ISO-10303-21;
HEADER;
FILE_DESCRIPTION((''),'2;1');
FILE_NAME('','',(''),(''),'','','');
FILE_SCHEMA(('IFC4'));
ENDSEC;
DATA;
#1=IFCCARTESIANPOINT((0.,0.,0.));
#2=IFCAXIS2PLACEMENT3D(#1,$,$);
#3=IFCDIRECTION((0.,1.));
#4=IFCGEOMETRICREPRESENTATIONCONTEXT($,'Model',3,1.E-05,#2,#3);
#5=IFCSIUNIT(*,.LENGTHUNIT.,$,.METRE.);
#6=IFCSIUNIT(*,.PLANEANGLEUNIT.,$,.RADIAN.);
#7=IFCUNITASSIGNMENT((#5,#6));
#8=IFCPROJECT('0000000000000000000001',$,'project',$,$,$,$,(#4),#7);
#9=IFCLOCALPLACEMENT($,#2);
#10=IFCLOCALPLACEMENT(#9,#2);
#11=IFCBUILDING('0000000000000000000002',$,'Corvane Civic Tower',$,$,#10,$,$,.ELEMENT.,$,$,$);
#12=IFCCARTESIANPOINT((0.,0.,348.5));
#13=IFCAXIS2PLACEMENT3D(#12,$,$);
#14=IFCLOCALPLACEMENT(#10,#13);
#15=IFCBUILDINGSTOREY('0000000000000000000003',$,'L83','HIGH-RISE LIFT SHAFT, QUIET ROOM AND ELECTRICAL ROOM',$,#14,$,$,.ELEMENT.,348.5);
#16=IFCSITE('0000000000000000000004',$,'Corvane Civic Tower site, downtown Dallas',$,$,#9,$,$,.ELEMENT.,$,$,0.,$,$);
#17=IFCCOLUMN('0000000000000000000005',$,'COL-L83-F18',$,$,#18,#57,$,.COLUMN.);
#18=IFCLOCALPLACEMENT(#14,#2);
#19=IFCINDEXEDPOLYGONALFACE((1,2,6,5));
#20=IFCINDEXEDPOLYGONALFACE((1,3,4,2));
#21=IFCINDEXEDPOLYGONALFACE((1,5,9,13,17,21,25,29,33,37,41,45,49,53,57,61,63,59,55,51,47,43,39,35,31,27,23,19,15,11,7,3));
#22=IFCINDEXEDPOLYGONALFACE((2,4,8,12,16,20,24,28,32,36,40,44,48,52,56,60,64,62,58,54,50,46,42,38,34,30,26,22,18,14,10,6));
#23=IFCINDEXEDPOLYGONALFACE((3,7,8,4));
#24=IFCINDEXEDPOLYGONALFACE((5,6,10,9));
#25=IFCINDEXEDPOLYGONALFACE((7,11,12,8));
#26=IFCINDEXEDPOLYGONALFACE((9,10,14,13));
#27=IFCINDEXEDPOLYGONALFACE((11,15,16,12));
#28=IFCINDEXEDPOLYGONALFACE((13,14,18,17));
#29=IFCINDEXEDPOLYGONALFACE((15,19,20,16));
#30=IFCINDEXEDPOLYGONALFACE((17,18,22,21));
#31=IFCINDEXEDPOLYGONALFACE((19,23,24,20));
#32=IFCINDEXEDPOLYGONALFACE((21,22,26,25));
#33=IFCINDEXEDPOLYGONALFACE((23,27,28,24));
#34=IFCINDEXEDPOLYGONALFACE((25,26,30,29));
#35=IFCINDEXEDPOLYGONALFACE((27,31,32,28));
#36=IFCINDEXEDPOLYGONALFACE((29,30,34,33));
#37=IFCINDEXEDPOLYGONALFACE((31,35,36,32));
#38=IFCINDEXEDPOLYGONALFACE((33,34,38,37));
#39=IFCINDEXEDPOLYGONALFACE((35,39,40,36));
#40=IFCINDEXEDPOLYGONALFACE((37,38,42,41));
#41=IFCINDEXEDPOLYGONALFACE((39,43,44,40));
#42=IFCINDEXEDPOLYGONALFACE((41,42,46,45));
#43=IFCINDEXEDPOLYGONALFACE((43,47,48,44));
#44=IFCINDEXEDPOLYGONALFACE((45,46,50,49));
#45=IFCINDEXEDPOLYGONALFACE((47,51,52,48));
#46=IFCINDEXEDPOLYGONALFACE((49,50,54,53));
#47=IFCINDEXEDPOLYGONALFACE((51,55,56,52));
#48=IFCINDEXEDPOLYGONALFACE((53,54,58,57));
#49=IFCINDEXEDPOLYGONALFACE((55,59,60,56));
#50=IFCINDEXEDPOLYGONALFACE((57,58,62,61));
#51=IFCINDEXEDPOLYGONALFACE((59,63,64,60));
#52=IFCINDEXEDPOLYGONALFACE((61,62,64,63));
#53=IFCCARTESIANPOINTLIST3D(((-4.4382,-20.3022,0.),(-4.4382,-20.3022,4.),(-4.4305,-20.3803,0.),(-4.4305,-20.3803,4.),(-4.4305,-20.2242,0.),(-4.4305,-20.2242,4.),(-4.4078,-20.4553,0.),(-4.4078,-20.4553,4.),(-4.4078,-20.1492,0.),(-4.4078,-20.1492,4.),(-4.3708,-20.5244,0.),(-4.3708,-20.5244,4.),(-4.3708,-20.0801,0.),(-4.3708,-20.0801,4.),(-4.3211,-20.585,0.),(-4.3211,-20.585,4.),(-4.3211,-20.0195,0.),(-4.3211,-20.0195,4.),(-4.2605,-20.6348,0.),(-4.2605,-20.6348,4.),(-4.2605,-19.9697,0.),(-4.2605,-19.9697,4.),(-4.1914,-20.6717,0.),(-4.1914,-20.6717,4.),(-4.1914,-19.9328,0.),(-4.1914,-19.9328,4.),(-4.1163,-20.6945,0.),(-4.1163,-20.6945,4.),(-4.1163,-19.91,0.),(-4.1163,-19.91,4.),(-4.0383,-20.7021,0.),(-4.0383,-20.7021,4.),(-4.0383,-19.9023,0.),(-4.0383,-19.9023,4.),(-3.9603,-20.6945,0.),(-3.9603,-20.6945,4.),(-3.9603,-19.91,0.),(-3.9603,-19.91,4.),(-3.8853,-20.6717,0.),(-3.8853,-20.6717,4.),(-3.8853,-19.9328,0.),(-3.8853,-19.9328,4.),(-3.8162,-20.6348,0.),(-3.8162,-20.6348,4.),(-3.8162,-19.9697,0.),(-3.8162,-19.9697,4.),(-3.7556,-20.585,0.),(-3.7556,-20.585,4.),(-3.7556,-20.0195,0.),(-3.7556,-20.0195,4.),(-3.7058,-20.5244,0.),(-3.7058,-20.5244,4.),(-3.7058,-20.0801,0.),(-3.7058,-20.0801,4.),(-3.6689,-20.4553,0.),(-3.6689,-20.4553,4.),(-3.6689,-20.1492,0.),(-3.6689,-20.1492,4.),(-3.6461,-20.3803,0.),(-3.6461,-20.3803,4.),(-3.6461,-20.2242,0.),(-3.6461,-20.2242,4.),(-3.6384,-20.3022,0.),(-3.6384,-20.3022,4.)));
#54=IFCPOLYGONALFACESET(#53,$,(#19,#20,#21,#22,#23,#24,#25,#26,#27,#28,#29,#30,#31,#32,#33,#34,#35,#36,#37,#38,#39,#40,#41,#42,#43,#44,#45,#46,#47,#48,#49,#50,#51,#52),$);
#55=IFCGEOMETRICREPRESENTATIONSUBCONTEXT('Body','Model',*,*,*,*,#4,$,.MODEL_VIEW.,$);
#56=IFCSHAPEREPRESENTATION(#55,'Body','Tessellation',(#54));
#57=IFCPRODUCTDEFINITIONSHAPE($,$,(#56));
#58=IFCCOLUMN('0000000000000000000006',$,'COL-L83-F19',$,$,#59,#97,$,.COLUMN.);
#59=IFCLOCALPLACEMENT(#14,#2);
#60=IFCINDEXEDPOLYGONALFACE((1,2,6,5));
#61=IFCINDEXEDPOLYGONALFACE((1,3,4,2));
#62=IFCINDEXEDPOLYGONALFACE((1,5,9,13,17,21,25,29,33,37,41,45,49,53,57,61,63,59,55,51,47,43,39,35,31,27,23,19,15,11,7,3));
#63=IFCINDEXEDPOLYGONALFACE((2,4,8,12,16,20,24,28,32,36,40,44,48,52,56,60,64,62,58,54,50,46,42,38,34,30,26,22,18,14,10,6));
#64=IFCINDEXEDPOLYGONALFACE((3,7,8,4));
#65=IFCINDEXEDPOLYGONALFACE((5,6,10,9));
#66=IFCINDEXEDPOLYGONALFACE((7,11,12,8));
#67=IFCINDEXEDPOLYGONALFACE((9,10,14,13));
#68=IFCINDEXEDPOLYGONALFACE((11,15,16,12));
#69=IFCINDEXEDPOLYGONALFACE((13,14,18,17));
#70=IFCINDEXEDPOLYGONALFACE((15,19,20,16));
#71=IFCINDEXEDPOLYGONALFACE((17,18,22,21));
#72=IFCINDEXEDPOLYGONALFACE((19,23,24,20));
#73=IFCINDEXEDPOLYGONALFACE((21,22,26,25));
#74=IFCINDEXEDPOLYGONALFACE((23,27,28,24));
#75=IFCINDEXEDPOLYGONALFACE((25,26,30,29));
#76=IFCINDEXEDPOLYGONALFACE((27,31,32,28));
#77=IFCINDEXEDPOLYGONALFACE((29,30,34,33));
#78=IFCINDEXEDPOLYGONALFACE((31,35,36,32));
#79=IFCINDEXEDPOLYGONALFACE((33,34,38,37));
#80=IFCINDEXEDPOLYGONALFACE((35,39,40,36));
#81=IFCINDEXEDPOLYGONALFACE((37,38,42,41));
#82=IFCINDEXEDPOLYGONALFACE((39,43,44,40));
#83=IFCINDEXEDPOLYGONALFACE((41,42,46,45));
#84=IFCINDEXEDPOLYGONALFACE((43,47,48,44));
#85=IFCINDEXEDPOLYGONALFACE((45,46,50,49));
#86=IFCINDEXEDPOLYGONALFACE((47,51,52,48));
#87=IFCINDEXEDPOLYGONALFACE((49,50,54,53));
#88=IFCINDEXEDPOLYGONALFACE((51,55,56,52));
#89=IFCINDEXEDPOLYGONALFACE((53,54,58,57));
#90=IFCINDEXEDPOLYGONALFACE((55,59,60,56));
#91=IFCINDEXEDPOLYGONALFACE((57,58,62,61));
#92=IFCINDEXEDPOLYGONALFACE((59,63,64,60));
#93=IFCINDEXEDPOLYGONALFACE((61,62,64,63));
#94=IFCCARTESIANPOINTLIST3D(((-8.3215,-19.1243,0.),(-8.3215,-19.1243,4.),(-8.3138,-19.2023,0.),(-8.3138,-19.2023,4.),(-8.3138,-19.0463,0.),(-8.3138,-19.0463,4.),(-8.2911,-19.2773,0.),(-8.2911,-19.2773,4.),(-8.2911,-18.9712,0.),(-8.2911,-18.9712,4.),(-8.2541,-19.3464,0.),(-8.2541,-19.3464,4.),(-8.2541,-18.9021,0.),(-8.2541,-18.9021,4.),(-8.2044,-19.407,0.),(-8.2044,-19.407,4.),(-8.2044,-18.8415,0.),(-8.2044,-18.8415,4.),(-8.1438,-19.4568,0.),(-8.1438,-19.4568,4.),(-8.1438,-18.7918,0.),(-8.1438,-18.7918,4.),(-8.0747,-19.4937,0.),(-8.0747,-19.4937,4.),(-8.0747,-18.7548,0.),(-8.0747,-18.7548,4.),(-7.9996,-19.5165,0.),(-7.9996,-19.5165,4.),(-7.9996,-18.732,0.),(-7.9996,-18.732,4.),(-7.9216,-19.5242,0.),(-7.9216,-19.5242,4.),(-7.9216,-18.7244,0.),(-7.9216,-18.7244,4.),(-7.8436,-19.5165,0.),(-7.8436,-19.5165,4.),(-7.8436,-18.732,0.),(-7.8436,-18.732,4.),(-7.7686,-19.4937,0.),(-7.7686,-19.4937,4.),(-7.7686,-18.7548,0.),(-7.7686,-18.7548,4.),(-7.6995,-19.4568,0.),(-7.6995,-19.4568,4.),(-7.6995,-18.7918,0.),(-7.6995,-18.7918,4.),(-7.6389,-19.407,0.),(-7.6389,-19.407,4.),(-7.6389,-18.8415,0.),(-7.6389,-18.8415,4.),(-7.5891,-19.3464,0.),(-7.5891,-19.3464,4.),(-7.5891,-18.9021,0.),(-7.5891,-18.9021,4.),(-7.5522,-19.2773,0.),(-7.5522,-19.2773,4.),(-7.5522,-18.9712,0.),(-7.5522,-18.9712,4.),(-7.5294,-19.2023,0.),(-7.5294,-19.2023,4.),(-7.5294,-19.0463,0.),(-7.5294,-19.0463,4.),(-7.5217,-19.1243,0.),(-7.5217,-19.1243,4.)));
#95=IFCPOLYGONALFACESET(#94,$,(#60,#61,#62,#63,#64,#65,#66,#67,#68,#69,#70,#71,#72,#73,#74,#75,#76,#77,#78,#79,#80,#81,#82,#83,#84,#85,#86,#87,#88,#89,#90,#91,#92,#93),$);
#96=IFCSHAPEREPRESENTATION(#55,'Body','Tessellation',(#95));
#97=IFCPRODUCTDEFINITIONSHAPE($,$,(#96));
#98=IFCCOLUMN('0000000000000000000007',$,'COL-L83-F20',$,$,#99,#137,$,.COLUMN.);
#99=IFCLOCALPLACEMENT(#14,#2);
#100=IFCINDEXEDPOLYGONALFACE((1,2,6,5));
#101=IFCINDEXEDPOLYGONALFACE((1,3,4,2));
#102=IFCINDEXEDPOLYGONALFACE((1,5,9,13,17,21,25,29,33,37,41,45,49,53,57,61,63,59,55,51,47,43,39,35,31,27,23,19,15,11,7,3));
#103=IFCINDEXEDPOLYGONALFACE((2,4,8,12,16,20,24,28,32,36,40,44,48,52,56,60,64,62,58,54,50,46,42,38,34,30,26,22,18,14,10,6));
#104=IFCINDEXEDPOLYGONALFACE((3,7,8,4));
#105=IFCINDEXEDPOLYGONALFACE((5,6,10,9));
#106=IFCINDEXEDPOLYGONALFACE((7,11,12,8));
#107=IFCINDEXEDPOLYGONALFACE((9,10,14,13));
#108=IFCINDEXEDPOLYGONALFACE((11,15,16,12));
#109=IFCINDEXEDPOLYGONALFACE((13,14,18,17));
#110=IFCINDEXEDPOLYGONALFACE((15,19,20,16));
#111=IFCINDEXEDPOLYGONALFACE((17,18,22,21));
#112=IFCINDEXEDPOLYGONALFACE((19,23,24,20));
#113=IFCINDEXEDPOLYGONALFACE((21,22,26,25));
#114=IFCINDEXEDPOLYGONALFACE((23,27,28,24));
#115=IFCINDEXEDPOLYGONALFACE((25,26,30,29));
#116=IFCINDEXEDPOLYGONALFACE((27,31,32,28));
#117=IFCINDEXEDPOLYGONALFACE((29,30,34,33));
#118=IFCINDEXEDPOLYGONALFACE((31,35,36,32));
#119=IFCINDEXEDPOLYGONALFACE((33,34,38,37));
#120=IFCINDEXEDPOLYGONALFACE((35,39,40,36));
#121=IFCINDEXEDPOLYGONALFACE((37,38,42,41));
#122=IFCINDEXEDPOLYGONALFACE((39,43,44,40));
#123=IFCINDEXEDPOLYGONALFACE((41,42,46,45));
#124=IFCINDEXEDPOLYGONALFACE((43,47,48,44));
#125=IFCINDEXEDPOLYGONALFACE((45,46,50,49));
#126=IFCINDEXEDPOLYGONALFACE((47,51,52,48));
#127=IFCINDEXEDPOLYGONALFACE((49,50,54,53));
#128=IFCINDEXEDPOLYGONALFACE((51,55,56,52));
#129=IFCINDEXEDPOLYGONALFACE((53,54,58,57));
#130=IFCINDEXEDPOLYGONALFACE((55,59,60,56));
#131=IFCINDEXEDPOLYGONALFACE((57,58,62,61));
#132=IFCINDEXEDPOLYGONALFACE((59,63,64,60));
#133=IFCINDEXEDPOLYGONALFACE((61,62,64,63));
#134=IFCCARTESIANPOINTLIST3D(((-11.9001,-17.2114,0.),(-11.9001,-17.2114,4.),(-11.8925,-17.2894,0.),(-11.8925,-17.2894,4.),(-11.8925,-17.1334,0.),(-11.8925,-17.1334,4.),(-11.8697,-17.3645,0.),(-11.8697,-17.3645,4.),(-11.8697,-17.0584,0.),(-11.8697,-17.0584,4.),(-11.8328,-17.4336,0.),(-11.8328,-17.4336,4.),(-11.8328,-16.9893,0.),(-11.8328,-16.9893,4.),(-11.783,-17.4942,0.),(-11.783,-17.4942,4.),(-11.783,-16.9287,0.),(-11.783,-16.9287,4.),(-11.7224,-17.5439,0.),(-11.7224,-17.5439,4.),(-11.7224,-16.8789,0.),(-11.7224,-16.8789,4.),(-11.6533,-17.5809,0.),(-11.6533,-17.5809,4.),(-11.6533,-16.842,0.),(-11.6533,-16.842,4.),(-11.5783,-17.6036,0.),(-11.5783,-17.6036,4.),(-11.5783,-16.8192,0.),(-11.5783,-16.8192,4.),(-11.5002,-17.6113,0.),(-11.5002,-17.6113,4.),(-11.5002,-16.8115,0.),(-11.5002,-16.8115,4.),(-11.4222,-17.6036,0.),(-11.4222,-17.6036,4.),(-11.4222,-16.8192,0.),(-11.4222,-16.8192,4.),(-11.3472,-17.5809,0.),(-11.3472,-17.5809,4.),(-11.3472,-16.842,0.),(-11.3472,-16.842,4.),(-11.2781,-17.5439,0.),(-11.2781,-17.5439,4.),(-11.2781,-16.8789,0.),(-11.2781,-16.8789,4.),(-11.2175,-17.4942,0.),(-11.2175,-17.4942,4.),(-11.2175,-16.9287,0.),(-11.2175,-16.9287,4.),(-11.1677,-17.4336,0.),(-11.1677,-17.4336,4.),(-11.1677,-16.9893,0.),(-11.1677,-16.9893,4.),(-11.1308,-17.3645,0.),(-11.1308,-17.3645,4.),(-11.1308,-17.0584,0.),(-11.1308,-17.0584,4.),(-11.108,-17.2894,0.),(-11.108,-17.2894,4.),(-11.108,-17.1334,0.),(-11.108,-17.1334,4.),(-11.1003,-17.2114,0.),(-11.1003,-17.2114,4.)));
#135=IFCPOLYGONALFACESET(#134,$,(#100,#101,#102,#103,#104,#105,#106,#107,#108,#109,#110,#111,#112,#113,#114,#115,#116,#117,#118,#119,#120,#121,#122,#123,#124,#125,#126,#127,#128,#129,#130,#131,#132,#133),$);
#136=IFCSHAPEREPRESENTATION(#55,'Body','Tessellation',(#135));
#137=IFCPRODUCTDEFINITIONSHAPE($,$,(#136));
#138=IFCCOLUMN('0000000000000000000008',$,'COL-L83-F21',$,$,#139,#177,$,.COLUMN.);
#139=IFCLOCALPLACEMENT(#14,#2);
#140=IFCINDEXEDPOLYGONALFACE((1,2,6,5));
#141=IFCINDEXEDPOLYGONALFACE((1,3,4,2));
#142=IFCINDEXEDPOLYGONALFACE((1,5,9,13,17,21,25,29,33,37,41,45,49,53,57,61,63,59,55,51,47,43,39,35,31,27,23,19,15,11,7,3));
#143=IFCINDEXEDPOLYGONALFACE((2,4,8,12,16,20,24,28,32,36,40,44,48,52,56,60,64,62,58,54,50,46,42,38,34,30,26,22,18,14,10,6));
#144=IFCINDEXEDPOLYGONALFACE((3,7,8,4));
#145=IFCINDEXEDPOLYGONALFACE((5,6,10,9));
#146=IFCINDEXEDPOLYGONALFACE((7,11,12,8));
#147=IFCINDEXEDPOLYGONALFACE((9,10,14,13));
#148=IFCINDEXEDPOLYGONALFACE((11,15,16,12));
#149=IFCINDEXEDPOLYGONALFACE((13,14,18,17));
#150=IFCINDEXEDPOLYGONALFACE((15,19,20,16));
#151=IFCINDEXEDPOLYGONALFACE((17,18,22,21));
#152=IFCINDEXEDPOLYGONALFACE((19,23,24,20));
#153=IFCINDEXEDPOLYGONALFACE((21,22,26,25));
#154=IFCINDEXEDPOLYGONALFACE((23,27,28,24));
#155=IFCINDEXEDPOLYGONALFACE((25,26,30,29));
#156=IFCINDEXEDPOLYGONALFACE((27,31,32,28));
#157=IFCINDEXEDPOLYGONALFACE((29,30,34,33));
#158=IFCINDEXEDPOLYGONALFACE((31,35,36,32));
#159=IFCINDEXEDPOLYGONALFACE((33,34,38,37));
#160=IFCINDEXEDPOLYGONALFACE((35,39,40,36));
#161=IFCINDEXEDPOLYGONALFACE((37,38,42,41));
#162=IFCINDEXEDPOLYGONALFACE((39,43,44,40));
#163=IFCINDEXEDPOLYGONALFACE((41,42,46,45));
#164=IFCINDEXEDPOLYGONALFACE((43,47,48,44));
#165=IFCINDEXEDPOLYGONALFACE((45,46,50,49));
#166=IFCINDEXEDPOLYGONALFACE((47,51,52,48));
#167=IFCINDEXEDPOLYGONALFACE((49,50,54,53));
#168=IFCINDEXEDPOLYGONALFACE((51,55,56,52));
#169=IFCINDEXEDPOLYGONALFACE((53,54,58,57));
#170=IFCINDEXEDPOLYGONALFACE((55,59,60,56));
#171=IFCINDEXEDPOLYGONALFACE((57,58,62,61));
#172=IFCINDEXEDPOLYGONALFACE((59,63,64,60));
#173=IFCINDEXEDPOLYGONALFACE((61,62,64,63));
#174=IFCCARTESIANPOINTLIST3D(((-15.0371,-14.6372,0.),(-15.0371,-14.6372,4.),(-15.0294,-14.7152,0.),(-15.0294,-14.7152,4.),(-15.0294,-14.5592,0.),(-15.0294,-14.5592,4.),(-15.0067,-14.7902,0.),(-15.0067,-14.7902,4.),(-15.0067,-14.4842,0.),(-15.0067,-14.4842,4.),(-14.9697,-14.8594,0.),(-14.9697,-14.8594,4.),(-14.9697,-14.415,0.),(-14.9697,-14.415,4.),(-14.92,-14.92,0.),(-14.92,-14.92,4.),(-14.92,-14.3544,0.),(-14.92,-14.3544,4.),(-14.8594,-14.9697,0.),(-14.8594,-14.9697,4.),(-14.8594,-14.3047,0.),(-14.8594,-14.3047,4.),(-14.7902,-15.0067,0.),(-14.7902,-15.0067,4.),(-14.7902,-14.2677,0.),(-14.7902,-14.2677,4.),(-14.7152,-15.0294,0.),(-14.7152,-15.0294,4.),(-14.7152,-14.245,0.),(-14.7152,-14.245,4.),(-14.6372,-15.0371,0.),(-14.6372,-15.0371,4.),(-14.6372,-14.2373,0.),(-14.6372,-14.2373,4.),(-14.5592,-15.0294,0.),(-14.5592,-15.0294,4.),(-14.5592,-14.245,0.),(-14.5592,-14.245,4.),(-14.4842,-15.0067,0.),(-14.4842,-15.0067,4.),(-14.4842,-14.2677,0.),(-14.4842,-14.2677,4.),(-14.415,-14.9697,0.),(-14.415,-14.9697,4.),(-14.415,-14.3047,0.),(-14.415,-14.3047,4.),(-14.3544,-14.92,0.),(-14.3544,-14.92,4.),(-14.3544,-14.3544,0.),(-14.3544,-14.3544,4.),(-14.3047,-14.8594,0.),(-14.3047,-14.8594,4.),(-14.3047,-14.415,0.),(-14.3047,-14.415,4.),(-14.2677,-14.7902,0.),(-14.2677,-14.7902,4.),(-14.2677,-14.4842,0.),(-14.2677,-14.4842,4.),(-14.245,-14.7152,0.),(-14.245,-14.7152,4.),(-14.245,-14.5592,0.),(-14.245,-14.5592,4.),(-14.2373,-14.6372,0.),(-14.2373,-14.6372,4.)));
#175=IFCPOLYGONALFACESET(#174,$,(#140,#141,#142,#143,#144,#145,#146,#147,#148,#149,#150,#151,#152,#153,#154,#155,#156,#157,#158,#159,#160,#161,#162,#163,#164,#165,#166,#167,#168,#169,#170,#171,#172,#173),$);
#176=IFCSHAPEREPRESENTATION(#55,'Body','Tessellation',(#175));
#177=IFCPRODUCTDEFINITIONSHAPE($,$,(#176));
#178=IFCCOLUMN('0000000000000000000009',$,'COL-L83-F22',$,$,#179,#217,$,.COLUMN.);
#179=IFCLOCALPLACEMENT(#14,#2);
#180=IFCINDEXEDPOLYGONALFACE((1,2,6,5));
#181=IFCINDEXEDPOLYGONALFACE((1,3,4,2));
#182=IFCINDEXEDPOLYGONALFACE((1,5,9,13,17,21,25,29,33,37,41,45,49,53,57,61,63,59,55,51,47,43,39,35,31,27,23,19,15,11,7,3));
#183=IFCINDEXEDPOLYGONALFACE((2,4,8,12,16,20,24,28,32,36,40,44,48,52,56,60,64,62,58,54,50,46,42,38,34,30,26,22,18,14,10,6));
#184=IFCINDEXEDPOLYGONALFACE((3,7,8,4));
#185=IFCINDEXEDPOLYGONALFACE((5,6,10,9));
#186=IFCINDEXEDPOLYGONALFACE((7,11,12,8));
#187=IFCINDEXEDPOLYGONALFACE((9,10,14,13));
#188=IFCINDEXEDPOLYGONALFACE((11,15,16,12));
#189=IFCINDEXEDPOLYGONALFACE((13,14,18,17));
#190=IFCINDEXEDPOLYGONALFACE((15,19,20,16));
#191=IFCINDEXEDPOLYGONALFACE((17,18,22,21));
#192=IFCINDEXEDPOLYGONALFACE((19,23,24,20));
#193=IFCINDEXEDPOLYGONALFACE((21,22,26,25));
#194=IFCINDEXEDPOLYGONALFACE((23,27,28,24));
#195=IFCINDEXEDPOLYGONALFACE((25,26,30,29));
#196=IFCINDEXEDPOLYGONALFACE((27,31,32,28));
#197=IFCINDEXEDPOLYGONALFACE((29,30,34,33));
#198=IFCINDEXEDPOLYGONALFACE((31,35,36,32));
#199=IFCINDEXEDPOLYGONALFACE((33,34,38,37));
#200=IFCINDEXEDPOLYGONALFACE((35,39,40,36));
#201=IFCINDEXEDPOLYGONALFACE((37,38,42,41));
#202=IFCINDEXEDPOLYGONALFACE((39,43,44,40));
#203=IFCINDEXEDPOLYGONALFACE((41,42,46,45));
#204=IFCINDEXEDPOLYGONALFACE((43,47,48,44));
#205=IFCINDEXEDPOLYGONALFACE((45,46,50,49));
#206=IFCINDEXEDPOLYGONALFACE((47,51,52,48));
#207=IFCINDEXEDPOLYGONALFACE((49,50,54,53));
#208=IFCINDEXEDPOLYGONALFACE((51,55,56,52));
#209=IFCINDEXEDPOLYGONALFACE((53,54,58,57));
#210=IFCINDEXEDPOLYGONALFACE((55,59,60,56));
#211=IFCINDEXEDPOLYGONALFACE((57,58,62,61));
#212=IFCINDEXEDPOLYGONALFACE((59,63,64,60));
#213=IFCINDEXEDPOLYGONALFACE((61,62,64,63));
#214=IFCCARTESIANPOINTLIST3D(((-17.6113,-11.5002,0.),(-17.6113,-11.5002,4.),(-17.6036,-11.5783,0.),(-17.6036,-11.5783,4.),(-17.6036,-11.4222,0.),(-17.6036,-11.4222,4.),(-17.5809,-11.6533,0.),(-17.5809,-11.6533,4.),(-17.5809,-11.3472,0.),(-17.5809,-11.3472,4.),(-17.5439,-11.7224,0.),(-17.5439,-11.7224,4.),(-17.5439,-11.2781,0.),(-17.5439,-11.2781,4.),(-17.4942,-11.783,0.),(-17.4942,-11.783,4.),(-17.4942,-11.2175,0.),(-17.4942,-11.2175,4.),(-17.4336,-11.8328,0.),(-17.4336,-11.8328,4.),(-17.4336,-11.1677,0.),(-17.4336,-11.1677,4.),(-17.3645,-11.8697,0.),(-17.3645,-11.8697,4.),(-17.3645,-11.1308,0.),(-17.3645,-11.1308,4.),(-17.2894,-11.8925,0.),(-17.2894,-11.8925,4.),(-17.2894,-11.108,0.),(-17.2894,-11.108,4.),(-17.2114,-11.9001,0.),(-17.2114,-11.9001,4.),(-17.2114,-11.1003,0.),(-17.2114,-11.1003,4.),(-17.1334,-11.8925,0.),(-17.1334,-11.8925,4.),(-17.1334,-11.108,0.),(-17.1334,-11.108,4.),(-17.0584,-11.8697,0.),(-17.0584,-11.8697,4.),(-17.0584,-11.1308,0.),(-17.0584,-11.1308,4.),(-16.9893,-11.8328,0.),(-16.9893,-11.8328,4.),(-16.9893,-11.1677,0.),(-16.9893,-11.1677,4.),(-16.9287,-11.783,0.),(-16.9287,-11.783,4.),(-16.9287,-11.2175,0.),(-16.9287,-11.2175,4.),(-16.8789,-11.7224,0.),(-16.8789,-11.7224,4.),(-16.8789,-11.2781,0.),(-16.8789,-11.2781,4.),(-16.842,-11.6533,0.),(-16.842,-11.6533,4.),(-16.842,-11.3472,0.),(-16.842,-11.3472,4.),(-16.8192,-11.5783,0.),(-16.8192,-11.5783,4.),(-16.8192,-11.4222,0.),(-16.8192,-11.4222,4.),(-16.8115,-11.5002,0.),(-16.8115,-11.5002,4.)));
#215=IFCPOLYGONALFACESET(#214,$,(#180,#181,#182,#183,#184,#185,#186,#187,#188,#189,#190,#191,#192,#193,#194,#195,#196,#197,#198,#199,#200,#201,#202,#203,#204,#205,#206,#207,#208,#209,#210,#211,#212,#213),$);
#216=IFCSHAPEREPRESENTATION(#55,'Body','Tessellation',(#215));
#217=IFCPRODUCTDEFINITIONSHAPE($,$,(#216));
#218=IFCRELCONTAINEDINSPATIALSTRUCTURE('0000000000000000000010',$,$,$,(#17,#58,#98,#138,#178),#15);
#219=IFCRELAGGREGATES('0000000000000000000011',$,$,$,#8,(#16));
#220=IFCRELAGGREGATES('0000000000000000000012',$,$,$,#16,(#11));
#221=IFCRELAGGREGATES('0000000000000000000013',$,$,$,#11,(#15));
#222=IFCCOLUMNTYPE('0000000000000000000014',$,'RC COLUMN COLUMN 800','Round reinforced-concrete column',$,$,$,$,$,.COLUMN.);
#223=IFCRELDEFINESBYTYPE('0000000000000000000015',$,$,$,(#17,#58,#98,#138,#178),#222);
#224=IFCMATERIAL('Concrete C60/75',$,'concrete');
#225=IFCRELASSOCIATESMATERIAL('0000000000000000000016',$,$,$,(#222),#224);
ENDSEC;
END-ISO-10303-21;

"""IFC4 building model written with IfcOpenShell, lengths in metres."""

from ifc_helpers import new_model, si_unit, direction, frame, origin, origin_2d, place, context, subcontext, project, spatial, circle, extrude, material, material_profile, profile_set, type_object, element, save


model = new_model("IFC4")

# Units and contexts
model_context = context("Model", 3, precision=1e-05, world=origin(), true_north=direction((0.0, 1.0)))
body_context = subcontext(model_context, "Body", "Model", "MODEL_VIEW")
ifc_project = project(units=[si_unit("LENGTHUNIT", "METRE"), si_unit("PLANEANGLEUNIT", "RADIAN")], contexts=[model_context])

# Site, building, storey
site_placement = place(None, origin())
site = spatial("IfcSite", under=ifc_project, at=site_placement, Name="Corvane Civic Tower site, downtown Dallas", CompositionType="ELEMENT", RefElevation=0.0)
building_placement = place(site_placement, origin())
building = spatial("IfcBuilding", under=site, at=building_placement, Name="Corvane Civic Tower", CompositionType="ELEMENT")
storey_placement = place(building_placement, frame((0.0, 0.0, 348.5)))
storey = spatial("IfcBuildingStorey", under=building, at=storey_placement, Name="L83", Description="HIGH-RISE LIFT SHAFT, QUIET ROOM AND ELECTRICAL ROOM", CompositionType="ELEMENT", Elevation=348.5)

# Columns
ifc_material_1 = material(Name="Concrete C60/75", Category="concrete")
ifc_material_profile_1 = material_profile(ifc_material_1, circle(Radius=0.3999, at=origin_2d()), Name="COLUMN 800")
ifc_profile_set_1 = profile_set([ifc_material_profile_1], Name="Concrete C60/75")
column_type = type_object("IfcColumnType", Name="RC COLUMN COLUMN 800", Description="Round reinforced-concrete column", PredefinedType="COLUMN", material=ifc_profile_set_1)
for number, where, z_axis, x_axis, name in (
    (1, (-4.0383, -20.3022, 0.0), (0.0, 0.0, 1.0), (1.0, 0.0, 0.0), "COL-L83-F18"),
    (2, (-7.9216, -19.1243, 0.0), (0.0, 0.0, 1.0), (1.0, 0.0, 0.0), "COL-L83-F19"),
    (3, (-11.5002, -17.2114, 0.0), (0.0, 0.0, 1.0), (1.0, 0.0, 0.0), "COL-L83-F20"),
    (4, (-14.6372, -14.6372, 0.0), (0.0, 0.0, 1.0), (1.0, 0.0, 0.0), "COL-L83-F21"),
    (5, (-17.2114, -11.5002, 0.0), (0.0, 0.0, 1.0), (1.0, 0.0, 0.0), "COL-L83-F22"),
):
    element("IfcColumn", number, at=place(storey_placement, frame(where, z_axis=z_axis, x_axis=x_axis)), inside=storey, type_object=column_type, Name=name, PredefinedType="COLUMN", context=body_context, shape_type="SweptSolid", body=[
        extrude(circle(Radius=0.3999, at=origin_2d()), origin(), (0.0, 0.0, 1.0), 4.0),
    ])

save(model, "model.ifc")
